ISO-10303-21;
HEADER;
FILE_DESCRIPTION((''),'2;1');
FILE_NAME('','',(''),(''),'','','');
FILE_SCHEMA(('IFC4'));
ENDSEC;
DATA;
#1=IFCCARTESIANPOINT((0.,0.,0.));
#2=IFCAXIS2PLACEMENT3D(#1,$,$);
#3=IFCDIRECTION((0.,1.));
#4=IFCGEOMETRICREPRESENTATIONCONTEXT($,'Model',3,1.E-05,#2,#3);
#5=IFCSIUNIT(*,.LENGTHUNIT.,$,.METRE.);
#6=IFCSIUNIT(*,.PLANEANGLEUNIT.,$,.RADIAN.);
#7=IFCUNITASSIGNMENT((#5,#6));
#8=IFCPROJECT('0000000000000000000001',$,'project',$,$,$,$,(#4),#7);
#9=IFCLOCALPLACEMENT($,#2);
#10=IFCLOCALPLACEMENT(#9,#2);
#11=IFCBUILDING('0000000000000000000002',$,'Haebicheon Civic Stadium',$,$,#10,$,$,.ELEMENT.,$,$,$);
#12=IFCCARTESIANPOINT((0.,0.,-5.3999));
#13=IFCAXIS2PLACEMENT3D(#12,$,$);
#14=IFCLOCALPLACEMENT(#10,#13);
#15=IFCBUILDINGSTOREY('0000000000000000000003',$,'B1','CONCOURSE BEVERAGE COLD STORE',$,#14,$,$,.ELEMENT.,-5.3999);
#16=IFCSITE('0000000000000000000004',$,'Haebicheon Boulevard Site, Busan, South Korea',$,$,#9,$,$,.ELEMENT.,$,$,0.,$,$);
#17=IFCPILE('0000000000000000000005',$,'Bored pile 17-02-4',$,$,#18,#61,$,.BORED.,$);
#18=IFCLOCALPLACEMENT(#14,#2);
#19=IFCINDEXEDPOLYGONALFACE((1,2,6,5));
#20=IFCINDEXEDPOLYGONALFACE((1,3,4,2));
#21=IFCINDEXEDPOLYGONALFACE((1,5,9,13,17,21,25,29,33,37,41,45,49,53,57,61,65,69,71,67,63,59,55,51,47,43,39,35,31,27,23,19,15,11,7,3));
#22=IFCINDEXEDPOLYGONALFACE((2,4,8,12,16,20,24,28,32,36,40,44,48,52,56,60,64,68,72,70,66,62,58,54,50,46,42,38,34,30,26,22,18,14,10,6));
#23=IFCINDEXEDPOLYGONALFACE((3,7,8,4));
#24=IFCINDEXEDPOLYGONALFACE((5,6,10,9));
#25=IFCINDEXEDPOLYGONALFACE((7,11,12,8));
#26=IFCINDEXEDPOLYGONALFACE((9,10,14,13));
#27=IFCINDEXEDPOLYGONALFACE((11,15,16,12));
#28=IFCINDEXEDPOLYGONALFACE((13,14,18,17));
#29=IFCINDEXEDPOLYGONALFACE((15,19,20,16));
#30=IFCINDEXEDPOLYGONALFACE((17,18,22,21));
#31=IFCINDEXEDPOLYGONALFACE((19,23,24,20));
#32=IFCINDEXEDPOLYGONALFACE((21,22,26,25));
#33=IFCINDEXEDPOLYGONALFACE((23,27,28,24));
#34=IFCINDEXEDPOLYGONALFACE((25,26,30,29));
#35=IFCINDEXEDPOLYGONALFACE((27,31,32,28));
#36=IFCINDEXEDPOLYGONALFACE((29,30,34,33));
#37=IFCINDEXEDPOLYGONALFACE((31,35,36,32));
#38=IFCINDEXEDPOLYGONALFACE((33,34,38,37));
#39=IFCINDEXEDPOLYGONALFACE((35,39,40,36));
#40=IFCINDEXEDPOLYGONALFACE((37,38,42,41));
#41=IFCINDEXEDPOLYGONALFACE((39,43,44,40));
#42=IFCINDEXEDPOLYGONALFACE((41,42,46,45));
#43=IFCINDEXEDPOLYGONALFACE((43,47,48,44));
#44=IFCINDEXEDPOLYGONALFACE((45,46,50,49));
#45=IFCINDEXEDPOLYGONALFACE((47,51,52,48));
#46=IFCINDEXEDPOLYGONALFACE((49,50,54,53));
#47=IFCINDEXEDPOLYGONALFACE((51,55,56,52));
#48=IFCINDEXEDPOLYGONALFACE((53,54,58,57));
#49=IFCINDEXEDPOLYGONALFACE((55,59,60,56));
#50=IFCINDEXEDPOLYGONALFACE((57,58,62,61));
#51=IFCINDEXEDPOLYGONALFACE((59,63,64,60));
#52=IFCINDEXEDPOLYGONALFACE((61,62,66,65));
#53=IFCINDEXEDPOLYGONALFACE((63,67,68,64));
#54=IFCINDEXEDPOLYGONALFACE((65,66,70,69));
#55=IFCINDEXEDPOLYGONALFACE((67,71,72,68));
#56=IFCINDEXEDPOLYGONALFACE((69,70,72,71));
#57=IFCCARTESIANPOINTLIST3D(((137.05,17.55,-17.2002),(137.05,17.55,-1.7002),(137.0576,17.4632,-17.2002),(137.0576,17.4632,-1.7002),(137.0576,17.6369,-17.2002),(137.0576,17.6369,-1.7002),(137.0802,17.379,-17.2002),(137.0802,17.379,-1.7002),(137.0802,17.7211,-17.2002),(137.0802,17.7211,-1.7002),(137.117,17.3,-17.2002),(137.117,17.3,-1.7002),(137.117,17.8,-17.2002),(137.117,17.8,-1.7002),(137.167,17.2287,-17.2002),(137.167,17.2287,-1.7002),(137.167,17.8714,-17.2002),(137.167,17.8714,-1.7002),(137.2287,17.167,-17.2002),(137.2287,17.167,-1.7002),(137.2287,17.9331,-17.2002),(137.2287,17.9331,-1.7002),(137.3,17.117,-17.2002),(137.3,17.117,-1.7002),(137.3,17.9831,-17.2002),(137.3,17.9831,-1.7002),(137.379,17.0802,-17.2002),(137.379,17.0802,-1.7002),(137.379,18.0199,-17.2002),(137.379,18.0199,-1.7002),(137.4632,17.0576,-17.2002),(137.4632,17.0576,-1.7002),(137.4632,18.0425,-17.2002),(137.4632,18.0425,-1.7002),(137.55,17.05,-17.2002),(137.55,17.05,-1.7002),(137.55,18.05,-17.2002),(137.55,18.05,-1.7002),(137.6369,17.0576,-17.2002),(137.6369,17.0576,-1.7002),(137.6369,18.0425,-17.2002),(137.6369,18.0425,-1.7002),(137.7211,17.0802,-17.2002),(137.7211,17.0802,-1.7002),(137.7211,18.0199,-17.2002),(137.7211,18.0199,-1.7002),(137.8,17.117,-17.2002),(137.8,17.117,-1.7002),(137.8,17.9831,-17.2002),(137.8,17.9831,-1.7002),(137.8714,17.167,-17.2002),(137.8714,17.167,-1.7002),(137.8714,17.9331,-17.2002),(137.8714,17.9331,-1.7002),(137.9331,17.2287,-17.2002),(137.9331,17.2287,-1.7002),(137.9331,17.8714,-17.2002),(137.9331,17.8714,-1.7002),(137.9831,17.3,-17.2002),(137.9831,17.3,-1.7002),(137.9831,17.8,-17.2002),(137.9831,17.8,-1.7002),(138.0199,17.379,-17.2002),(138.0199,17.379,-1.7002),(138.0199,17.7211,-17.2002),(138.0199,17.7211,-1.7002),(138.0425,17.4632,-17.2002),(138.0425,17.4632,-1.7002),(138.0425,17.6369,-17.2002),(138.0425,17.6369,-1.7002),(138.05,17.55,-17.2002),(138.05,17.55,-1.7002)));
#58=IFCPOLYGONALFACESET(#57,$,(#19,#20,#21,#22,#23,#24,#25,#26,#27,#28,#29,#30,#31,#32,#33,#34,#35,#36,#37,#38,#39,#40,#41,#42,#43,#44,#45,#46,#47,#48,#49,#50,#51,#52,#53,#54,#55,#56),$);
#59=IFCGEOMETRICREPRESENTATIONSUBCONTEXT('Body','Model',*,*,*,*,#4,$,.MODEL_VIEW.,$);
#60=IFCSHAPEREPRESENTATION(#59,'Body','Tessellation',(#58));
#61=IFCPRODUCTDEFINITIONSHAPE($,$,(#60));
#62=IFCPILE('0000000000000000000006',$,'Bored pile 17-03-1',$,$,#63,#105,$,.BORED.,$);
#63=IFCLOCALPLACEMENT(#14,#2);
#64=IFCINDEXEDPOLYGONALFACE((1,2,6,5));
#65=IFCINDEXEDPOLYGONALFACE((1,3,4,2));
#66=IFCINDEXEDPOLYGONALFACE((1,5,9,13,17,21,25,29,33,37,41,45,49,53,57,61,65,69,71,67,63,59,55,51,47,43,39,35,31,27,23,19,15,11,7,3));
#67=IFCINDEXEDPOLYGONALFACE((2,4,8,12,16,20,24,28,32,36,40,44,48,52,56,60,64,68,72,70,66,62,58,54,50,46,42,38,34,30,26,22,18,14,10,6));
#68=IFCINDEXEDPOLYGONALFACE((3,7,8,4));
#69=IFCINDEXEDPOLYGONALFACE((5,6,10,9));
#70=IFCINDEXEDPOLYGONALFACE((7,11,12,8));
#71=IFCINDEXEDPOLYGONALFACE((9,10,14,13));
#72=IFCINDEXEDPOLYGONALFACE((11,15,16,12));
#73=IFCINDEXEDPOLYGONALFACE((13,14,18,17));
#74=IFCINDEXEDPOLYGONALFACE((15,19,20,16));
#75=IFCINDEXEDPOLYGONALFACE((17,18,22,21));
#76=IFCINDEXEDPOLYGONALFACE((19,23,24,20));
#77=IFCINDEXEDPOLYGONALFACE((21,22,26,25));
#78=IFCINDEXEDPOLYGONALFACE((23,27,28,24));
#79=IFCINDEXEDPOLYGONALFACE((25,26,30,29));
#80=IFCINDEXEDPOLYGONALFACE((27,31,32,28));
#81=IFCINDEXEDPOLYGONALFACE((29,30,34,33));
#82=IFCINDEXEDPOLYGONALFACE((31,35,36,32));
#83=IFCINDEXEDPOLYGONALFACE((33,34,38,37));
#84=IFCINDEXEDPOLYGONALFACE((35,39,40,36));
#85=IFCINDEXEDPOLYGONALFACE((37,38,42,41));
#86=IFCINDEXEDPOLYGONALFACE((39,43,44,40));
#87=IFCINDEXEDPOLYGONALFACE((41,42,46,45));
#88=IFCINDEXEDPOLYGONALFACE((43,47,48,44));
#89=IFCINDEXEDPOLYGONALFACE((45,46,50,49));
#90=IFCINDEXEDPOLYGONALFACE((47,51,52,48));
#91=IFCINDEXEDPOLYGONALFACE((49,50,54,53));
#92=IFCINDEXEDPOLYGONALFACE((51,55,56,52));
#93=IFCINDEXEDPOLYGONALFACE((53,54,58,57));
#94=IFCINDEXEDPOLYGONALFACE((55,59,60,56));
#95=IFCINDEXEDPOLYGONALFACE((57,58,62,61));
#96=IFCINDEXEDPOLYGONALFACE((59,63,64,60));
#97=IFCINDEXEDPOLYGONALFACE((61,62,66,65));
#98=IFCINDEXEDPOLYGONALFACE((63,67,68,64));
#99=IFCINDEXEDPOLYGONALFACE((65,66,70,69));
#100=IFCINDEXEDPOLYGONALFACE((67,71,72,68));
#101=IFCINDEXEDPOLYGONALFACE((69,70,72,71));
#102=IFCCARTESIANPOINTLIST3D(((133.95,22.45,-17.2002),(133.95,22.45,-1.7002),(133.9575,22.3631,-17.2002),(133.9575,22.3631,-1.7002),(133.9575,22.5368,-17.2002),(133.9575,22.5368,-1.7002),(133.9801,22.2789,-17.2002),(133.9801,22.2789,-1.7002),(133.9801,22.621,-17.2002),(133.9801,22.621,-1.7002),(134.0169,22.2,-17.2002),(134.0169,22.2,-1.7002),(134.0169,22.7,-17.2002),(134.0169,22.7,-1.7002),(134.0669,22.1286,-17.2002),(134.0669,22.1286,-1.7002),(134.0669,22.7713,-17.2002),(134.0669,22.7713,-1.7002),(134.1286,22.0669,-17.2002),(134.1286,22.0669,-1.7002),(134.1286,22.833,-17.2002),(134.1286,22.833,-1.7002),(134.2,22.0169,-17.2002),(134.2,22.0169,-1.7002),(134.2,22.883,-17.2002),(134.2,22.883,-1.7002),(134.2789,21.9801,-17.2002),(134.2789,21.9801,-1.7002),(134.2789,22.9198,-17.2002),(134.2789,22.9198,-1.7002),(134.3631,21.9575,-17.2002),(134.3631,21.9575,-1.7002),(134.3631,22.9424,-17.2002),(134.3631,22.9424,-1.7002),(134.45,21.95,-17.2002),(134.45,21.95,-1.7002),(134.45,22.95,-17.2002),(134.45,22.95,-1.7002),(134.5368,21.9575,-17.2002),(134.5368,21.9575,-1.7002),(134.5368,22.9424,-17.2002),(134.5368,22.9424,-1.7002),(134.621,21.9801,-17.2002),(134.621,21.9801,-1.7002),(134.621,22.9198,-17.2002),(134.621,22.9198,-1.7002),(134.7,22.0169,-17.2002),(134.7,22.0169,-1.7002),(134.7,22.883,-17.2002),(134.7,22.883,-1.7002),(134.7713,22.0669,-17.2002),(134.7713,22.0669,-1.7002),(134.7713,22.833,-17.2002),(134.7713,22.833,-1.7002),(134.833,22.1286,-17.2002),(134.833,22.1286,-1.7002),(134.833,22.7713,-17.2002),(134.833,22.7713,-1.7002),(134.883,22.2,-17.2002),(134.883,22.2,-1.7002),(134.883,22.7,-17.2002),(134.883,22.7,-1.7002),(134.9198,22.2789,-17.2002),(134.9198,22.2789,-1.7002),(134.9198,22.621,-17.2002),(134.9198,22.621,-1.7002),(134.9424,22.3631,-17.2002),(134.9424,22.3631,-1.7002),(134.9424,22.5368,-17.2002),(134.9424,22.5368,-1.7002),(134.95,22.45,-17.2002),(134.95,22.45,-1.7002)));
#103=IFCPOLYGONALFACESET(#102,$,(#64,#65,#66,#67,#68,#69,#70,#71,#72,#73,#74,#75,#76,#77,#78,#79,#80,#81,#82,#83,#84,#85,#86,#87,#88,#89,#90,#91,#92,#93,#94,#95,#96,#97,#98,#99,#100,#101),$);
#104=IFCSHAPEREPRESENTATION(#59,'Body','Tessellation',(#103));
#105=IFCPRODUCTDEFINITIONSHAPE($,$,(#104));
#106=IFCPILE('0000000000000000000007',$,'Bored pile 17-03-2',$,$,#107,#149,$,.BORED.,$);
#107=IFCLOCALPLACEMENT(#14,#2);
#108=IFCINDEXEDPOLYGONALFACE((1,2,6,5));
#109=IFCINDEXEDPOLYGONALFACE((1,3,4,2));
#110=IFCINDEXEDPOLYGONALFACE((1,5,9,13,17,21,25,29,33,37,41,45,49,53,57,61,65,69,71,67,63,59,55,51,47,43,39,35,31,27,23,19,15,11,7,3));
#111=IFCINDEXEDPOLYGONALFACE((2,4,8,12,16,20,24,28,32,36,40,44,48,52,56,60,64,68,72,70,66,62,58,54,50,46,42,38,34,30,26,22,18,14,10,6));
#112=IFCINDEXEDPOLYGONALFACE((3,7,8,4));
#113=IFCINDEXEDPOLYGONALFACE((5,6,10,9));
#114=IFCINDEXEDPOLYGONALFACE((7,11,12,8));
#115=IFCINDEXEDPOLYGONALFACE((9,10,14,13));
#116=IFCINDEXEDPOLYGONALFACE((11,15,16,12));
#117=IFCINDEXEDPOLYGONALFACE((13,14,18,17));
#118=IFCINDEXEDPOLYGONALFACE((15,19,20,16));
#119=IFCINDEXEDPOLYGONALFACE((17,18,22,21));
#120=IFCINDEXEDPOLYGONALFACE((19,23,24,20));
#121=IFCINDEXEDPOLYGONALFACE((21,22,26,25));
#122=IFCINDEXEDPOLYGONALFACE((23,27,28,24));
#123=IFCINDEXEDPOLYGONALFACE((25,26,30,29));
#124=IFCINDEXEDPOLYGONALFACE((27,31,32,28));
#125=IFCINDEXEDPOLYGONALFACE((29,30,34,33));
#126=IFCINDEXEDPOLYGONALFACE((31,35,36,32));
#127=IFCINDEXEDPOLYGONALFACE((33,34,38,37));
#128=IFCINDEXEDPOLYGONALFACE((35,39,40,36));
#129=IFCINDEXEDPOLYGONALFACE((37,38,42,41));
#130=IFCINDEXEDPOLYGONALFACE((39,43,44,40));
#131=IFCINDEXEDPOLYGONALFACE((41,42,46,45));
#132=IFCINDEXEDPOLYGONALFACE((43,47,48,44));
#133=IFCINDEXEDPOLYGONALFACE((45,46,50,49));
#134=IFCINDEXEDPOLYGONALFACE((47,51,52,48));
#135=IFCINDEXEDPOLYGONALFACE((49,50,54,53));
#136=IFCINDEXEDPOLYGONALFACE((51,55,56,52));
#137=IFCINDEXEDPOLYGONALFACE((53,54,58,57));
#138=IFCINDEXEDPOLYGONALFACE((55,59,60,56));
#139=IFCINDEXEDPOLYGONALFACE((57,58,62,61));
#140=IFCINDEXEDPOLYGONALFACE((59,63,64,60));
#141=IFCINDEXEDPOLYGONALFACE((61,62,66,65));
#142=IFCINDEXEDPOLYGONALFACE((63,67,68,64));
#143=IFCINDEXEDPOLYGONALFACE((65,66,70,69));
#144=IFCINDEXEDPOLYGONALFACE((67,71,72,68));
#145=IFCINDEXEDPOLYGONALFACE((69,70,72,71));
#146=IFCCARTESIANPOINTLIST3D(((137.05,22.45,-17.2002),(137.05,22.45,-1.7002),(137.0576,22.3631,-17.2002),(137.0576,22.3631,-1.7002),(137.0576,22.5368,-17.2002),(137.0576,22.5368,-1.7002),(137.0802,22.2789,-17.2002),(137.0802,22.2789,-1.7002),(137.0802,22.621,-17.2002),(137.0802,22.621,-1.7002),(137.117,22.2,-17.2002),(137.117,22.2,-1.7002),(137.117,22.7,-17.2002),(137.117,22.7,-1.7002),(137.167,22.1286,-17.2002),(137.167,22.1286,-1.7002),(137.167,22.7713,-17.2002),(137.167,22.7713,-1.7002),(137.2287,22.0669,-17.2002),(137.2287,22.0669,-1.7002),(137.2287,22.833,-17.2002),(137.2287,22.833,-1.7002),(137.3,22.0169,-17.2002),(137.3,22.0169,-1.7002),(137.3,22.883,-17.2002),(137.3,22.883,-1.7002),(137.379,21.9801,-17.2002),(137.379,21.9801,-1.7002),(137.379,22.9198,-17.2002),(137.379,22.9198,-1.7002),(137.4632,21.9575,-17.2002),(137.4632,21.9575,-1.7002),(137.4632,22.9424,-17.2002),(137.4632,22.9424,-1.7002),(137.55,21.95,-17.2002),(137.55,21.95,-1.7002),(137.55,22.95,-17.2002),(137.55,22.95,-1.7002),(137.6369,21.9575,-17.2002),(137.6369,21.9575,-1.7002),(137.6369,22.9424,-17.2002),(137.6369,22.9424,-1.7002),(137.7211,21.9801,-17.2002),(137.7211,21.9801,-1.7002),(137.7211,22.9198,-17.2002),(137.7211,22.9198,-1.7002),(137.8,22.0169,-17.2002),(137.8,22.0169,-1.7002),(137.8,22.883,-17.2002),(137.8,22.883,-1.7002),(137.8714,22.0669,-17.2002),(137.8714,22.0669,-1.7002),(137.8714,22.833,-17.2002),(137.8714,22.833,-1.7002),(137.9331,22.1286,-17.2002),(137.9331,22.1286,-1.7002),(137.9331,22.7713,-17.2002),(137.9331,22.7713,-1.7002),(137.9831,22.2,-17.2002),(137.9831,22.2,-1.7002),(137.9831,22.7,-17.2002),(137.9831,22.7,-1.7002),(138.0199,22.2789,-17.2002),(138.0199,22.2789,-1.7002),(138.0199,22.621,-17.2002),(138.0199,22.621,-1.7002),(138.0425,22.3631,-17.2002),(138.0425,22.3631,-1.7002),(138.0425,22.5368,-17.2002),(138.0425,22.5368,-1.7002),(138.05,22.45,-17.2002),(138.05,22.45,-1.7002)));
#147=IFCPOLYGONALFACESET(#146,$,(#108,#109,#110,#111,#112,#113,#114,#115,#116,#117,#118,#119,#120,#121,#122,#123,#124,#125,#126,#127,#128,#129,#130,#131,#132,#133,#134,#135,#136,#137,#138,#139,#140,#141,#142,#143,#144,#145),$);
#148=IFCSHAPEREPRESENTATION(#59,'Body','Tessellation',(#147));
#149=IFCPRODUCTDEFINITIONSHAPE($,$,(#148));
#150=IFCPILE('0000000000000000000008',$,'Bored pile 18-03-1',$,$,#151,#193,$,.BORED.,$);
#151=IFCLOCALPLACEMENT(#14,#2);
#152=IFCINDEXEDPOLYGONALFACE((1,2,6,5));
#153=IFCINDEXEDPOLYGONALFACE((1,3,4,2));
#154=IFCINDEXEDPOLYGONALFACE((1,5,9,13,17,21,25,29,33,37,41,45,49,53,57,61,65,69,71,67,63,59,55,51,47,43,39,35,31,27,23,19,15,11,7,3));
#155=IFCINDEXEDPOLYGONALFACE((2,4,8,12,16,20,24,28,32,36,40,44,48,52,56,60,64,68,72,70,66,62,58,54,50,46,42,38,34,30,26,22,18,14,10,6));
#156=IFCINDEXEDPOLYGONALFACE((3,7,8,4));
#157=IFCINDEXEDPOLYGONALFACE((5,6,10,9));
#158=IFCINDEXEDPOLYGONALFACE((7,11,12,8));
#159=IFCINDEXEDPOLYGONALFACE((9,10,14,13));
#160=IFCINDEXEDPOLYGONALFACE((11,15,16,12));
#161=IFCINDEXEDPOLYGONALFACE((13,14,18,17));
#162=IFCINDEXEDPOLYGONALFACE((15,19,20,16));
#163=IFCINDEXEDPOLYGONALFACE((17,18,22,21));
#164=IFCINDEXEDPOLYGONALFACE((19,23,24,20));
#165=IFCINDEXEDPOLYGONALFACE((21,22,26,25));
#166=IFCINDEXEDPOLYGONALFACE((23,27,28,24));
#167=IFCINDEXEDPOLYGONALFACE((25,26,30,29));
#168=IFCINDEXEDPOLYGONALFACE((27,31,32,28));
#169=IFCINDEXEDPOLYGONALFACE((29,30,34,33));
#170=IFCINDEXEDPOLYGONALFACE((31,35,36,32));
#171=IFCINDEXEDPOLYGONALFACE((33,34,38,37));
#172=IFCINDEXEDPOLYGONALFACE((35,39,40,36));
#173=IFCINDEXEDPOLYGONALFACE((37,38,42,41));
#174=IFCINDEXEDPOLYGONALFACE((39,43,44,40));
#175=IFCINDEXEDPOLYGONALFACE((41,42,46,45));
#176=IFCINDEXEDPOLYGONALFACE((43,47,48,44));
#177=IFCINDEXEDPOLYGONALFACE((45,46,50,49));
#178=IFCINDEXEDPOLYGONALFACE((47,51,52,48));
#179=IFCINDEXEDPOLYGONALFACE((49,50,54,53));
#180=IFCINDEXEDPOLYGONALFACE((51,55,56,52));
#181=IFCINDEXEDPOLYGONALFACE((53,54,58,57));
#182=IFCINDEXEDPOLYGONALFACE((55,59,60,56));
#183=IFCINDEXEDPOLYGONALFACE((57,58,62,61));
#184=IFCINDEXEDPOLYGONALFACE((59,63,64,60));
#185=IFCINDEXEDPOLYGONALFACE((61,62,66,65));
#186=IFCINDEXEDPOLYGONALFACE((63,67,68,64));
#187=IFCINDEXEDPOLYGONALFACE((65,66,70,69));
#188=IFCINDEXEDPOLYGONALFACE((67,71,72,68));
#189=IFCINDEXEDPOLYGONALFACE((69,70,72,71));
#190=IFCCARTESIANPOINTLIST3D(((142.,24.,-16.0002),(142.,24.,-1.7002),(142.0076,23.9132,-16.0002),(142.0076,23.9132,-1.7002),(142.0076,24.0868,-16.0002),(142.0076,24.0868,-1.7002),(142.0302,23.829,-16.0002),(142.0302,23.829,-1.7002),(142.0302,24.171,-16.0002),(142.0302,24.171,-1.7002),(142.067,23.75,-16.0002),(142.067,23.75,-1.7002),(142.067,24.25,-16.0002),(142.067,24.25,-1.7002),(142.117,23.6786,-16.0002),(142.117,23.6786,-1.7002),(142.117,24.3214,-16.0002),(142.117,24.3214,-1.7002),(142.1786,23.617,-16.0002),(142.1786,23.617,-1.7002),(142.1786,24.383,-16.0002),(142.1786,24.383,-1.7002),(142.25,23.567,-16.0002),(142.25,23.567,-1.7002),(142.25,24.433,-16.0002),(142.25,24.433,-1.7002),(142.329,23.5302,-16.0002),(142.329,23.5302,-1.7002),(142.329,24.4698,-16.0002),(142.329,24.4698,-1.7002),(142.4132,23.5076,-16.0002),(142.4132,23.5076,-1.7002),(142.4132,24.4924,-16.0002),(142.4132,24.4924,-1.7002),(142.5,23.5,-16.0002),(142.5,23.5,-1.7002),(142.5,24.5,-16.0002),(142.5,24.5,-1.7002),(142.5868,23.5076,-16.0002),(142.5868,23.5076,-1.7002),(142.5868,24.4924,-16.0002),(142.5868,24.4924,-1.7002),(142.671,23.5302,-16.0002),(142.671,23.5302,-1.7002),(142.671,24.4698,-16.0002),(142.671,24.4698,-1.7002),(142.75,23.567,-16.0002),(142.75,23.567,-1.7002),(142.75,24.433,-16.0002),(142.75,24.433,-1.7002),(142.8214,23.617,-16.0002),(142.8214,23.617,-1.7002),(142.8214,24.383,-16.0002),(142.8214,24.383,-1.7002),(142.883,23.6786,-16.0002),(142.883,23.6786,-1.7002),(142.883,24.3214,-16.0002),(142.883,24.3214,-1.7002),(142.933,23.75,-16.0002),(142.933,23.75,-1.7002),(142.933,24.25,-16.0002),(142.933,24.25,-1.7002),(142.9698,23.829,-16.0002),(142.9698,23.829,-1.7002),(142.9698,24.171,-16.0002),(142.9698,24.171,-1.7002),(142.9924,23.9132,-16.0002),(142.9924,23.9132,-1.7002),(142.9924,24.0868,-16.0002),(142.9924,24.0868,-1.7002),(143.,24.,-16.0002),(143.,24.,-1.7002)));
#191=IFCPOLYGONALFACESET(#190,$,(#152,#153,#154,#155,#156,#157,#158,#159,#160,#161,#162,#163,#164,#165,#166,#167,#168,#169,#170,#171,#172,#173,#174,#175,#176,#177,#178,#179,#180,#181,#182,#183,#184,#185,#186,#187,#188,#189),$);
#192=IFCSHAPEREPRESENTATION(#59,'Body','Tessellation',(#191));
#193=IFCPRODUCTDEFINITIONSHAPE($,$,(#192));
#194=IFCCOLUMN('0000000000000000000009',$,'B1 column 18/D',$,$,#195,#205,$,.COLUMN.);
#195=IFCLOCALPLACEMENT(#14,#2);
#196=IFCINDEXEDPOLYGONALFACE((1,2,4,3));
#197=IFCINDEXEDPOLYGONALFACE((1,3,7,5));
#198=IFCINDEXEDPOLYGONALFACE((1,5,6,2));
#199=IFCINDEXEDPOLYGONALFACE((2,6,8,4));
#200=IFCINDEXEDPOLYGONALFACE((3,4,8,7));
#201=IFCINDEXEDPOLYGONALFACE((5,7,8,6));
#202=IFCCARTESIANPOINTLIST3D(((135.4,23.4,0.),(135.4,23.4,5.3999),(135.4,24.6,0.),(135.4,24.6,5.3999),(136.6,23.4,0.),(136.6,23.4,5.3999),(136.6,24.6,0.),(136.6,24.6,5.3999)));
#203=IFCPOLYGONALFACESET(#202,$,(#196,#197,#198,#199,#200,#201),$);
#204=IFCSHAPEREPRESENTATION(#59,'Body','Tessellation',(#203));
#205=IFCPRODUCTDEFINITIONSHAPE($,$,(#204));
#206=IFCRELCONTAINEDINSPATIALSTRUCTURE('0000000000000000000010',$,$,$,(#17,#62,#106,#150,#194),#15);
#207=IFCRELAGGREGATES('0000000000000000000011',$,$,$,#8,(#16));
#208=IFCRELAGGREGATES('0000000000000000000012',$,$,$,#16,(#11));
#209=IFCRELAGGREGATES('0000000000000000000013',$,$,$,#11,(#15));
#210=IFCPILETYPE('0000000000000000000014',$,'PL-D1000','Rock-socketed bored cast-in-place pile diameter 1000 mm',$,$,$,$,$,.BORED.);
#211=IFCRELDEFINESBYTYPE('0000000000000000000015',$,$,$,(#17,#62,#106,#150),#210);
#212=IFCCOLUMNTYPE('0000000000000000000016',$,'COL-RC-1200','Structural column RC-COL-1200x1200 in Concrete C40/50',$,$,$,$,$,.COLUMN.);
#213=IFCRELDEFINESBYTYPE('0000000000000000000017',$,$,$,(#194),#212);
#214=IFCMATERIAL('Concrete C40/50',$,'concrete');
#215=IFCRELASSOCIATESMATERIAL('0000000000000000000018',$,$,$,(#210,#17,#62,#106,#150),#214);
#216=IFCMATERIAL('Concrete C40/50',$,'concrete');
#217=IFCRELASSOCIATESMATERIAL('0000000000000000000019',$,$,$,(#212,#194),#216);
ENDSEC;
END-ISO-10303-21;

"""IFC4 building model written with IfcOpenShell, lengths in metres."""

from ifc_helpers import new_model, si_unit, direction, frame, origin, origin_2d, place, context, subcontext, project, spatial, rectangle, circle, extrude, material, material_profile, profile_set, type_object, element, save


model = new_model("IFC4")

# Units and contexts
model_context = context("Model", 3, precision=1e-05, world=origin(), true_north=direction((0.0, 1.0)))
body_context = subcontext(model_context, "Body", "Model", "MODEL_VIEW")
ifc_project = project(units=[si_unit("LENGTHUNIT", "METRE"), si_unit("PLANEANGLEUNIT", "RADIAN")], contexts=[model_context])

# Site, building, storey
site_placement = place(None, origin())
site = spatial("IfcSite", under=ifc_project, at=site_placement, Name="Haebicheon Boulevard Site, Busan, South Korea", CompositionType="ELEMENT", RefElevation=0.0)
building_placement = place(site_placement, origin())
building = spatial("IfcBuilding", under=site, at=building_placement, Name="Haebicheon Civic Stadium", CompositionType="ELEMENT")
storey_placement = place(building_placement, frame((0.0, 0.0, -5.3999)))
storey = spatial("IfcBuildingStorey", under=building, at=storey_placement, Name="B1", Description="CONCOURSE BEVERAGE COLD STORE", CompositionType="ELEMENT", Elevation=-5.3999)

# Piles
ifc_material_1 = material(Name="Concrete C40/50", Category="concrete")
ifc_material_profile_1 = material_profile(ifc_material_1, circle(Radius=0.5, at=origin_2d()), Name="PILE-D1000")
ifc_profile_set_1 = profile_set([ifc_material_profile_1], Name="Concrete C40/50")
pile_type = type_object("IfcPileType", Name="PL-D1000", Description="Rock-socketed bored cast-in-place pile diameter 1000 mm", PredefinedType="BORED", material=ifc_profile_set_1)
for number, where, z_axis, x_axis, name in (
    (1, (137.55, 17.55, -1.7002), (0.0, 0.0, -1.0), (1.0, 0.0, 0.0), "Bored pile 17-02-4"),
    (2, (134.45, 22.45, -1.7002), (0.0, 0.0, -1.0), (1.0, 0.0, 0.0), "Bored pile 17-03-1"),
    (3, (137.55, 22.45, -1.7002), (0.0, 0.0, -1.0), (1.0, 0.0, 0.0), "Bored pile 17-03-2"),
):
    element("IfcPile", number, at=place(storey_placement, frame(where, z_axis=z_axis, x_axis=x_axis)), inside=storey, type_object=pile_type, material=ifc_profile_set_1, Name=name, PredefinedType="BORED", context=body_context, shape_type="SweptSolid", body=[
        extrude(circle(Radius=0.5, at=origin_2d()), origin(), (0.0, 0.0, 1.0), 15.5),
    ])
pile_placement = place(storey_placement, frame((142.5, 24.0, -1.7002), z_axis=(0.0, 0.0, -1.0), x_axis=(1.0, 0.0, 0.0)))
element("IfcPile", 4, at=pile_placement, inside=storey, type_object=pile_type, material=ifc_profile_set_1, Name="Bored pile 18-03-1", PredefinedType="BORED", context=body_context, shape_type="SweptSolid", body=[
    extrude(circle(Radius=0.5, at=origin_2d()), origin(), (0.0, 0.0, 1.0), 14.3),
])

# Column
ifc_material_2 = material(Name="Concrete C40/50", Category="concrete")
ifc_material_profile_2 = material_profile(ifc_material_2, rectangle(XDim=1.2, YDim=1.2, at=origin_2d()), Name="RC-COL-1200x1200")
ifc_profile_set_2 = profile_set([ifc_material_profile_2], Name="Concrete C40/50")
column_type = type_object("IfcColumnType", Name="COL-RC-1200", Description="Structural column RC-COL-1200x1200 in Concrete C40/50", PredefinedType="COLUMN", material=ifc_profile_set_2)
column_placement = place(storey_placement, frame((136.0, 24.0, 0.0), z_axis=(0.0, 0.0, 1.0), x_axis=(1.0, 0.0, 0.0)))
element("IfcColumn", 5, at=column_placement, inside=storey, type_object=column_type, material=ifc_profile_set_2, Name="B1 column 18/D", PredefinedType="COLUMN", context=body_context, shape_type="SweptSolid", body=[
    extrude(rectangle(XDim=1.2, YDim=1.2, at=origin_2d()), origin(), (0.0, 0.0, 1.0), 5.3999),
])

save(model, "model.ifc")
